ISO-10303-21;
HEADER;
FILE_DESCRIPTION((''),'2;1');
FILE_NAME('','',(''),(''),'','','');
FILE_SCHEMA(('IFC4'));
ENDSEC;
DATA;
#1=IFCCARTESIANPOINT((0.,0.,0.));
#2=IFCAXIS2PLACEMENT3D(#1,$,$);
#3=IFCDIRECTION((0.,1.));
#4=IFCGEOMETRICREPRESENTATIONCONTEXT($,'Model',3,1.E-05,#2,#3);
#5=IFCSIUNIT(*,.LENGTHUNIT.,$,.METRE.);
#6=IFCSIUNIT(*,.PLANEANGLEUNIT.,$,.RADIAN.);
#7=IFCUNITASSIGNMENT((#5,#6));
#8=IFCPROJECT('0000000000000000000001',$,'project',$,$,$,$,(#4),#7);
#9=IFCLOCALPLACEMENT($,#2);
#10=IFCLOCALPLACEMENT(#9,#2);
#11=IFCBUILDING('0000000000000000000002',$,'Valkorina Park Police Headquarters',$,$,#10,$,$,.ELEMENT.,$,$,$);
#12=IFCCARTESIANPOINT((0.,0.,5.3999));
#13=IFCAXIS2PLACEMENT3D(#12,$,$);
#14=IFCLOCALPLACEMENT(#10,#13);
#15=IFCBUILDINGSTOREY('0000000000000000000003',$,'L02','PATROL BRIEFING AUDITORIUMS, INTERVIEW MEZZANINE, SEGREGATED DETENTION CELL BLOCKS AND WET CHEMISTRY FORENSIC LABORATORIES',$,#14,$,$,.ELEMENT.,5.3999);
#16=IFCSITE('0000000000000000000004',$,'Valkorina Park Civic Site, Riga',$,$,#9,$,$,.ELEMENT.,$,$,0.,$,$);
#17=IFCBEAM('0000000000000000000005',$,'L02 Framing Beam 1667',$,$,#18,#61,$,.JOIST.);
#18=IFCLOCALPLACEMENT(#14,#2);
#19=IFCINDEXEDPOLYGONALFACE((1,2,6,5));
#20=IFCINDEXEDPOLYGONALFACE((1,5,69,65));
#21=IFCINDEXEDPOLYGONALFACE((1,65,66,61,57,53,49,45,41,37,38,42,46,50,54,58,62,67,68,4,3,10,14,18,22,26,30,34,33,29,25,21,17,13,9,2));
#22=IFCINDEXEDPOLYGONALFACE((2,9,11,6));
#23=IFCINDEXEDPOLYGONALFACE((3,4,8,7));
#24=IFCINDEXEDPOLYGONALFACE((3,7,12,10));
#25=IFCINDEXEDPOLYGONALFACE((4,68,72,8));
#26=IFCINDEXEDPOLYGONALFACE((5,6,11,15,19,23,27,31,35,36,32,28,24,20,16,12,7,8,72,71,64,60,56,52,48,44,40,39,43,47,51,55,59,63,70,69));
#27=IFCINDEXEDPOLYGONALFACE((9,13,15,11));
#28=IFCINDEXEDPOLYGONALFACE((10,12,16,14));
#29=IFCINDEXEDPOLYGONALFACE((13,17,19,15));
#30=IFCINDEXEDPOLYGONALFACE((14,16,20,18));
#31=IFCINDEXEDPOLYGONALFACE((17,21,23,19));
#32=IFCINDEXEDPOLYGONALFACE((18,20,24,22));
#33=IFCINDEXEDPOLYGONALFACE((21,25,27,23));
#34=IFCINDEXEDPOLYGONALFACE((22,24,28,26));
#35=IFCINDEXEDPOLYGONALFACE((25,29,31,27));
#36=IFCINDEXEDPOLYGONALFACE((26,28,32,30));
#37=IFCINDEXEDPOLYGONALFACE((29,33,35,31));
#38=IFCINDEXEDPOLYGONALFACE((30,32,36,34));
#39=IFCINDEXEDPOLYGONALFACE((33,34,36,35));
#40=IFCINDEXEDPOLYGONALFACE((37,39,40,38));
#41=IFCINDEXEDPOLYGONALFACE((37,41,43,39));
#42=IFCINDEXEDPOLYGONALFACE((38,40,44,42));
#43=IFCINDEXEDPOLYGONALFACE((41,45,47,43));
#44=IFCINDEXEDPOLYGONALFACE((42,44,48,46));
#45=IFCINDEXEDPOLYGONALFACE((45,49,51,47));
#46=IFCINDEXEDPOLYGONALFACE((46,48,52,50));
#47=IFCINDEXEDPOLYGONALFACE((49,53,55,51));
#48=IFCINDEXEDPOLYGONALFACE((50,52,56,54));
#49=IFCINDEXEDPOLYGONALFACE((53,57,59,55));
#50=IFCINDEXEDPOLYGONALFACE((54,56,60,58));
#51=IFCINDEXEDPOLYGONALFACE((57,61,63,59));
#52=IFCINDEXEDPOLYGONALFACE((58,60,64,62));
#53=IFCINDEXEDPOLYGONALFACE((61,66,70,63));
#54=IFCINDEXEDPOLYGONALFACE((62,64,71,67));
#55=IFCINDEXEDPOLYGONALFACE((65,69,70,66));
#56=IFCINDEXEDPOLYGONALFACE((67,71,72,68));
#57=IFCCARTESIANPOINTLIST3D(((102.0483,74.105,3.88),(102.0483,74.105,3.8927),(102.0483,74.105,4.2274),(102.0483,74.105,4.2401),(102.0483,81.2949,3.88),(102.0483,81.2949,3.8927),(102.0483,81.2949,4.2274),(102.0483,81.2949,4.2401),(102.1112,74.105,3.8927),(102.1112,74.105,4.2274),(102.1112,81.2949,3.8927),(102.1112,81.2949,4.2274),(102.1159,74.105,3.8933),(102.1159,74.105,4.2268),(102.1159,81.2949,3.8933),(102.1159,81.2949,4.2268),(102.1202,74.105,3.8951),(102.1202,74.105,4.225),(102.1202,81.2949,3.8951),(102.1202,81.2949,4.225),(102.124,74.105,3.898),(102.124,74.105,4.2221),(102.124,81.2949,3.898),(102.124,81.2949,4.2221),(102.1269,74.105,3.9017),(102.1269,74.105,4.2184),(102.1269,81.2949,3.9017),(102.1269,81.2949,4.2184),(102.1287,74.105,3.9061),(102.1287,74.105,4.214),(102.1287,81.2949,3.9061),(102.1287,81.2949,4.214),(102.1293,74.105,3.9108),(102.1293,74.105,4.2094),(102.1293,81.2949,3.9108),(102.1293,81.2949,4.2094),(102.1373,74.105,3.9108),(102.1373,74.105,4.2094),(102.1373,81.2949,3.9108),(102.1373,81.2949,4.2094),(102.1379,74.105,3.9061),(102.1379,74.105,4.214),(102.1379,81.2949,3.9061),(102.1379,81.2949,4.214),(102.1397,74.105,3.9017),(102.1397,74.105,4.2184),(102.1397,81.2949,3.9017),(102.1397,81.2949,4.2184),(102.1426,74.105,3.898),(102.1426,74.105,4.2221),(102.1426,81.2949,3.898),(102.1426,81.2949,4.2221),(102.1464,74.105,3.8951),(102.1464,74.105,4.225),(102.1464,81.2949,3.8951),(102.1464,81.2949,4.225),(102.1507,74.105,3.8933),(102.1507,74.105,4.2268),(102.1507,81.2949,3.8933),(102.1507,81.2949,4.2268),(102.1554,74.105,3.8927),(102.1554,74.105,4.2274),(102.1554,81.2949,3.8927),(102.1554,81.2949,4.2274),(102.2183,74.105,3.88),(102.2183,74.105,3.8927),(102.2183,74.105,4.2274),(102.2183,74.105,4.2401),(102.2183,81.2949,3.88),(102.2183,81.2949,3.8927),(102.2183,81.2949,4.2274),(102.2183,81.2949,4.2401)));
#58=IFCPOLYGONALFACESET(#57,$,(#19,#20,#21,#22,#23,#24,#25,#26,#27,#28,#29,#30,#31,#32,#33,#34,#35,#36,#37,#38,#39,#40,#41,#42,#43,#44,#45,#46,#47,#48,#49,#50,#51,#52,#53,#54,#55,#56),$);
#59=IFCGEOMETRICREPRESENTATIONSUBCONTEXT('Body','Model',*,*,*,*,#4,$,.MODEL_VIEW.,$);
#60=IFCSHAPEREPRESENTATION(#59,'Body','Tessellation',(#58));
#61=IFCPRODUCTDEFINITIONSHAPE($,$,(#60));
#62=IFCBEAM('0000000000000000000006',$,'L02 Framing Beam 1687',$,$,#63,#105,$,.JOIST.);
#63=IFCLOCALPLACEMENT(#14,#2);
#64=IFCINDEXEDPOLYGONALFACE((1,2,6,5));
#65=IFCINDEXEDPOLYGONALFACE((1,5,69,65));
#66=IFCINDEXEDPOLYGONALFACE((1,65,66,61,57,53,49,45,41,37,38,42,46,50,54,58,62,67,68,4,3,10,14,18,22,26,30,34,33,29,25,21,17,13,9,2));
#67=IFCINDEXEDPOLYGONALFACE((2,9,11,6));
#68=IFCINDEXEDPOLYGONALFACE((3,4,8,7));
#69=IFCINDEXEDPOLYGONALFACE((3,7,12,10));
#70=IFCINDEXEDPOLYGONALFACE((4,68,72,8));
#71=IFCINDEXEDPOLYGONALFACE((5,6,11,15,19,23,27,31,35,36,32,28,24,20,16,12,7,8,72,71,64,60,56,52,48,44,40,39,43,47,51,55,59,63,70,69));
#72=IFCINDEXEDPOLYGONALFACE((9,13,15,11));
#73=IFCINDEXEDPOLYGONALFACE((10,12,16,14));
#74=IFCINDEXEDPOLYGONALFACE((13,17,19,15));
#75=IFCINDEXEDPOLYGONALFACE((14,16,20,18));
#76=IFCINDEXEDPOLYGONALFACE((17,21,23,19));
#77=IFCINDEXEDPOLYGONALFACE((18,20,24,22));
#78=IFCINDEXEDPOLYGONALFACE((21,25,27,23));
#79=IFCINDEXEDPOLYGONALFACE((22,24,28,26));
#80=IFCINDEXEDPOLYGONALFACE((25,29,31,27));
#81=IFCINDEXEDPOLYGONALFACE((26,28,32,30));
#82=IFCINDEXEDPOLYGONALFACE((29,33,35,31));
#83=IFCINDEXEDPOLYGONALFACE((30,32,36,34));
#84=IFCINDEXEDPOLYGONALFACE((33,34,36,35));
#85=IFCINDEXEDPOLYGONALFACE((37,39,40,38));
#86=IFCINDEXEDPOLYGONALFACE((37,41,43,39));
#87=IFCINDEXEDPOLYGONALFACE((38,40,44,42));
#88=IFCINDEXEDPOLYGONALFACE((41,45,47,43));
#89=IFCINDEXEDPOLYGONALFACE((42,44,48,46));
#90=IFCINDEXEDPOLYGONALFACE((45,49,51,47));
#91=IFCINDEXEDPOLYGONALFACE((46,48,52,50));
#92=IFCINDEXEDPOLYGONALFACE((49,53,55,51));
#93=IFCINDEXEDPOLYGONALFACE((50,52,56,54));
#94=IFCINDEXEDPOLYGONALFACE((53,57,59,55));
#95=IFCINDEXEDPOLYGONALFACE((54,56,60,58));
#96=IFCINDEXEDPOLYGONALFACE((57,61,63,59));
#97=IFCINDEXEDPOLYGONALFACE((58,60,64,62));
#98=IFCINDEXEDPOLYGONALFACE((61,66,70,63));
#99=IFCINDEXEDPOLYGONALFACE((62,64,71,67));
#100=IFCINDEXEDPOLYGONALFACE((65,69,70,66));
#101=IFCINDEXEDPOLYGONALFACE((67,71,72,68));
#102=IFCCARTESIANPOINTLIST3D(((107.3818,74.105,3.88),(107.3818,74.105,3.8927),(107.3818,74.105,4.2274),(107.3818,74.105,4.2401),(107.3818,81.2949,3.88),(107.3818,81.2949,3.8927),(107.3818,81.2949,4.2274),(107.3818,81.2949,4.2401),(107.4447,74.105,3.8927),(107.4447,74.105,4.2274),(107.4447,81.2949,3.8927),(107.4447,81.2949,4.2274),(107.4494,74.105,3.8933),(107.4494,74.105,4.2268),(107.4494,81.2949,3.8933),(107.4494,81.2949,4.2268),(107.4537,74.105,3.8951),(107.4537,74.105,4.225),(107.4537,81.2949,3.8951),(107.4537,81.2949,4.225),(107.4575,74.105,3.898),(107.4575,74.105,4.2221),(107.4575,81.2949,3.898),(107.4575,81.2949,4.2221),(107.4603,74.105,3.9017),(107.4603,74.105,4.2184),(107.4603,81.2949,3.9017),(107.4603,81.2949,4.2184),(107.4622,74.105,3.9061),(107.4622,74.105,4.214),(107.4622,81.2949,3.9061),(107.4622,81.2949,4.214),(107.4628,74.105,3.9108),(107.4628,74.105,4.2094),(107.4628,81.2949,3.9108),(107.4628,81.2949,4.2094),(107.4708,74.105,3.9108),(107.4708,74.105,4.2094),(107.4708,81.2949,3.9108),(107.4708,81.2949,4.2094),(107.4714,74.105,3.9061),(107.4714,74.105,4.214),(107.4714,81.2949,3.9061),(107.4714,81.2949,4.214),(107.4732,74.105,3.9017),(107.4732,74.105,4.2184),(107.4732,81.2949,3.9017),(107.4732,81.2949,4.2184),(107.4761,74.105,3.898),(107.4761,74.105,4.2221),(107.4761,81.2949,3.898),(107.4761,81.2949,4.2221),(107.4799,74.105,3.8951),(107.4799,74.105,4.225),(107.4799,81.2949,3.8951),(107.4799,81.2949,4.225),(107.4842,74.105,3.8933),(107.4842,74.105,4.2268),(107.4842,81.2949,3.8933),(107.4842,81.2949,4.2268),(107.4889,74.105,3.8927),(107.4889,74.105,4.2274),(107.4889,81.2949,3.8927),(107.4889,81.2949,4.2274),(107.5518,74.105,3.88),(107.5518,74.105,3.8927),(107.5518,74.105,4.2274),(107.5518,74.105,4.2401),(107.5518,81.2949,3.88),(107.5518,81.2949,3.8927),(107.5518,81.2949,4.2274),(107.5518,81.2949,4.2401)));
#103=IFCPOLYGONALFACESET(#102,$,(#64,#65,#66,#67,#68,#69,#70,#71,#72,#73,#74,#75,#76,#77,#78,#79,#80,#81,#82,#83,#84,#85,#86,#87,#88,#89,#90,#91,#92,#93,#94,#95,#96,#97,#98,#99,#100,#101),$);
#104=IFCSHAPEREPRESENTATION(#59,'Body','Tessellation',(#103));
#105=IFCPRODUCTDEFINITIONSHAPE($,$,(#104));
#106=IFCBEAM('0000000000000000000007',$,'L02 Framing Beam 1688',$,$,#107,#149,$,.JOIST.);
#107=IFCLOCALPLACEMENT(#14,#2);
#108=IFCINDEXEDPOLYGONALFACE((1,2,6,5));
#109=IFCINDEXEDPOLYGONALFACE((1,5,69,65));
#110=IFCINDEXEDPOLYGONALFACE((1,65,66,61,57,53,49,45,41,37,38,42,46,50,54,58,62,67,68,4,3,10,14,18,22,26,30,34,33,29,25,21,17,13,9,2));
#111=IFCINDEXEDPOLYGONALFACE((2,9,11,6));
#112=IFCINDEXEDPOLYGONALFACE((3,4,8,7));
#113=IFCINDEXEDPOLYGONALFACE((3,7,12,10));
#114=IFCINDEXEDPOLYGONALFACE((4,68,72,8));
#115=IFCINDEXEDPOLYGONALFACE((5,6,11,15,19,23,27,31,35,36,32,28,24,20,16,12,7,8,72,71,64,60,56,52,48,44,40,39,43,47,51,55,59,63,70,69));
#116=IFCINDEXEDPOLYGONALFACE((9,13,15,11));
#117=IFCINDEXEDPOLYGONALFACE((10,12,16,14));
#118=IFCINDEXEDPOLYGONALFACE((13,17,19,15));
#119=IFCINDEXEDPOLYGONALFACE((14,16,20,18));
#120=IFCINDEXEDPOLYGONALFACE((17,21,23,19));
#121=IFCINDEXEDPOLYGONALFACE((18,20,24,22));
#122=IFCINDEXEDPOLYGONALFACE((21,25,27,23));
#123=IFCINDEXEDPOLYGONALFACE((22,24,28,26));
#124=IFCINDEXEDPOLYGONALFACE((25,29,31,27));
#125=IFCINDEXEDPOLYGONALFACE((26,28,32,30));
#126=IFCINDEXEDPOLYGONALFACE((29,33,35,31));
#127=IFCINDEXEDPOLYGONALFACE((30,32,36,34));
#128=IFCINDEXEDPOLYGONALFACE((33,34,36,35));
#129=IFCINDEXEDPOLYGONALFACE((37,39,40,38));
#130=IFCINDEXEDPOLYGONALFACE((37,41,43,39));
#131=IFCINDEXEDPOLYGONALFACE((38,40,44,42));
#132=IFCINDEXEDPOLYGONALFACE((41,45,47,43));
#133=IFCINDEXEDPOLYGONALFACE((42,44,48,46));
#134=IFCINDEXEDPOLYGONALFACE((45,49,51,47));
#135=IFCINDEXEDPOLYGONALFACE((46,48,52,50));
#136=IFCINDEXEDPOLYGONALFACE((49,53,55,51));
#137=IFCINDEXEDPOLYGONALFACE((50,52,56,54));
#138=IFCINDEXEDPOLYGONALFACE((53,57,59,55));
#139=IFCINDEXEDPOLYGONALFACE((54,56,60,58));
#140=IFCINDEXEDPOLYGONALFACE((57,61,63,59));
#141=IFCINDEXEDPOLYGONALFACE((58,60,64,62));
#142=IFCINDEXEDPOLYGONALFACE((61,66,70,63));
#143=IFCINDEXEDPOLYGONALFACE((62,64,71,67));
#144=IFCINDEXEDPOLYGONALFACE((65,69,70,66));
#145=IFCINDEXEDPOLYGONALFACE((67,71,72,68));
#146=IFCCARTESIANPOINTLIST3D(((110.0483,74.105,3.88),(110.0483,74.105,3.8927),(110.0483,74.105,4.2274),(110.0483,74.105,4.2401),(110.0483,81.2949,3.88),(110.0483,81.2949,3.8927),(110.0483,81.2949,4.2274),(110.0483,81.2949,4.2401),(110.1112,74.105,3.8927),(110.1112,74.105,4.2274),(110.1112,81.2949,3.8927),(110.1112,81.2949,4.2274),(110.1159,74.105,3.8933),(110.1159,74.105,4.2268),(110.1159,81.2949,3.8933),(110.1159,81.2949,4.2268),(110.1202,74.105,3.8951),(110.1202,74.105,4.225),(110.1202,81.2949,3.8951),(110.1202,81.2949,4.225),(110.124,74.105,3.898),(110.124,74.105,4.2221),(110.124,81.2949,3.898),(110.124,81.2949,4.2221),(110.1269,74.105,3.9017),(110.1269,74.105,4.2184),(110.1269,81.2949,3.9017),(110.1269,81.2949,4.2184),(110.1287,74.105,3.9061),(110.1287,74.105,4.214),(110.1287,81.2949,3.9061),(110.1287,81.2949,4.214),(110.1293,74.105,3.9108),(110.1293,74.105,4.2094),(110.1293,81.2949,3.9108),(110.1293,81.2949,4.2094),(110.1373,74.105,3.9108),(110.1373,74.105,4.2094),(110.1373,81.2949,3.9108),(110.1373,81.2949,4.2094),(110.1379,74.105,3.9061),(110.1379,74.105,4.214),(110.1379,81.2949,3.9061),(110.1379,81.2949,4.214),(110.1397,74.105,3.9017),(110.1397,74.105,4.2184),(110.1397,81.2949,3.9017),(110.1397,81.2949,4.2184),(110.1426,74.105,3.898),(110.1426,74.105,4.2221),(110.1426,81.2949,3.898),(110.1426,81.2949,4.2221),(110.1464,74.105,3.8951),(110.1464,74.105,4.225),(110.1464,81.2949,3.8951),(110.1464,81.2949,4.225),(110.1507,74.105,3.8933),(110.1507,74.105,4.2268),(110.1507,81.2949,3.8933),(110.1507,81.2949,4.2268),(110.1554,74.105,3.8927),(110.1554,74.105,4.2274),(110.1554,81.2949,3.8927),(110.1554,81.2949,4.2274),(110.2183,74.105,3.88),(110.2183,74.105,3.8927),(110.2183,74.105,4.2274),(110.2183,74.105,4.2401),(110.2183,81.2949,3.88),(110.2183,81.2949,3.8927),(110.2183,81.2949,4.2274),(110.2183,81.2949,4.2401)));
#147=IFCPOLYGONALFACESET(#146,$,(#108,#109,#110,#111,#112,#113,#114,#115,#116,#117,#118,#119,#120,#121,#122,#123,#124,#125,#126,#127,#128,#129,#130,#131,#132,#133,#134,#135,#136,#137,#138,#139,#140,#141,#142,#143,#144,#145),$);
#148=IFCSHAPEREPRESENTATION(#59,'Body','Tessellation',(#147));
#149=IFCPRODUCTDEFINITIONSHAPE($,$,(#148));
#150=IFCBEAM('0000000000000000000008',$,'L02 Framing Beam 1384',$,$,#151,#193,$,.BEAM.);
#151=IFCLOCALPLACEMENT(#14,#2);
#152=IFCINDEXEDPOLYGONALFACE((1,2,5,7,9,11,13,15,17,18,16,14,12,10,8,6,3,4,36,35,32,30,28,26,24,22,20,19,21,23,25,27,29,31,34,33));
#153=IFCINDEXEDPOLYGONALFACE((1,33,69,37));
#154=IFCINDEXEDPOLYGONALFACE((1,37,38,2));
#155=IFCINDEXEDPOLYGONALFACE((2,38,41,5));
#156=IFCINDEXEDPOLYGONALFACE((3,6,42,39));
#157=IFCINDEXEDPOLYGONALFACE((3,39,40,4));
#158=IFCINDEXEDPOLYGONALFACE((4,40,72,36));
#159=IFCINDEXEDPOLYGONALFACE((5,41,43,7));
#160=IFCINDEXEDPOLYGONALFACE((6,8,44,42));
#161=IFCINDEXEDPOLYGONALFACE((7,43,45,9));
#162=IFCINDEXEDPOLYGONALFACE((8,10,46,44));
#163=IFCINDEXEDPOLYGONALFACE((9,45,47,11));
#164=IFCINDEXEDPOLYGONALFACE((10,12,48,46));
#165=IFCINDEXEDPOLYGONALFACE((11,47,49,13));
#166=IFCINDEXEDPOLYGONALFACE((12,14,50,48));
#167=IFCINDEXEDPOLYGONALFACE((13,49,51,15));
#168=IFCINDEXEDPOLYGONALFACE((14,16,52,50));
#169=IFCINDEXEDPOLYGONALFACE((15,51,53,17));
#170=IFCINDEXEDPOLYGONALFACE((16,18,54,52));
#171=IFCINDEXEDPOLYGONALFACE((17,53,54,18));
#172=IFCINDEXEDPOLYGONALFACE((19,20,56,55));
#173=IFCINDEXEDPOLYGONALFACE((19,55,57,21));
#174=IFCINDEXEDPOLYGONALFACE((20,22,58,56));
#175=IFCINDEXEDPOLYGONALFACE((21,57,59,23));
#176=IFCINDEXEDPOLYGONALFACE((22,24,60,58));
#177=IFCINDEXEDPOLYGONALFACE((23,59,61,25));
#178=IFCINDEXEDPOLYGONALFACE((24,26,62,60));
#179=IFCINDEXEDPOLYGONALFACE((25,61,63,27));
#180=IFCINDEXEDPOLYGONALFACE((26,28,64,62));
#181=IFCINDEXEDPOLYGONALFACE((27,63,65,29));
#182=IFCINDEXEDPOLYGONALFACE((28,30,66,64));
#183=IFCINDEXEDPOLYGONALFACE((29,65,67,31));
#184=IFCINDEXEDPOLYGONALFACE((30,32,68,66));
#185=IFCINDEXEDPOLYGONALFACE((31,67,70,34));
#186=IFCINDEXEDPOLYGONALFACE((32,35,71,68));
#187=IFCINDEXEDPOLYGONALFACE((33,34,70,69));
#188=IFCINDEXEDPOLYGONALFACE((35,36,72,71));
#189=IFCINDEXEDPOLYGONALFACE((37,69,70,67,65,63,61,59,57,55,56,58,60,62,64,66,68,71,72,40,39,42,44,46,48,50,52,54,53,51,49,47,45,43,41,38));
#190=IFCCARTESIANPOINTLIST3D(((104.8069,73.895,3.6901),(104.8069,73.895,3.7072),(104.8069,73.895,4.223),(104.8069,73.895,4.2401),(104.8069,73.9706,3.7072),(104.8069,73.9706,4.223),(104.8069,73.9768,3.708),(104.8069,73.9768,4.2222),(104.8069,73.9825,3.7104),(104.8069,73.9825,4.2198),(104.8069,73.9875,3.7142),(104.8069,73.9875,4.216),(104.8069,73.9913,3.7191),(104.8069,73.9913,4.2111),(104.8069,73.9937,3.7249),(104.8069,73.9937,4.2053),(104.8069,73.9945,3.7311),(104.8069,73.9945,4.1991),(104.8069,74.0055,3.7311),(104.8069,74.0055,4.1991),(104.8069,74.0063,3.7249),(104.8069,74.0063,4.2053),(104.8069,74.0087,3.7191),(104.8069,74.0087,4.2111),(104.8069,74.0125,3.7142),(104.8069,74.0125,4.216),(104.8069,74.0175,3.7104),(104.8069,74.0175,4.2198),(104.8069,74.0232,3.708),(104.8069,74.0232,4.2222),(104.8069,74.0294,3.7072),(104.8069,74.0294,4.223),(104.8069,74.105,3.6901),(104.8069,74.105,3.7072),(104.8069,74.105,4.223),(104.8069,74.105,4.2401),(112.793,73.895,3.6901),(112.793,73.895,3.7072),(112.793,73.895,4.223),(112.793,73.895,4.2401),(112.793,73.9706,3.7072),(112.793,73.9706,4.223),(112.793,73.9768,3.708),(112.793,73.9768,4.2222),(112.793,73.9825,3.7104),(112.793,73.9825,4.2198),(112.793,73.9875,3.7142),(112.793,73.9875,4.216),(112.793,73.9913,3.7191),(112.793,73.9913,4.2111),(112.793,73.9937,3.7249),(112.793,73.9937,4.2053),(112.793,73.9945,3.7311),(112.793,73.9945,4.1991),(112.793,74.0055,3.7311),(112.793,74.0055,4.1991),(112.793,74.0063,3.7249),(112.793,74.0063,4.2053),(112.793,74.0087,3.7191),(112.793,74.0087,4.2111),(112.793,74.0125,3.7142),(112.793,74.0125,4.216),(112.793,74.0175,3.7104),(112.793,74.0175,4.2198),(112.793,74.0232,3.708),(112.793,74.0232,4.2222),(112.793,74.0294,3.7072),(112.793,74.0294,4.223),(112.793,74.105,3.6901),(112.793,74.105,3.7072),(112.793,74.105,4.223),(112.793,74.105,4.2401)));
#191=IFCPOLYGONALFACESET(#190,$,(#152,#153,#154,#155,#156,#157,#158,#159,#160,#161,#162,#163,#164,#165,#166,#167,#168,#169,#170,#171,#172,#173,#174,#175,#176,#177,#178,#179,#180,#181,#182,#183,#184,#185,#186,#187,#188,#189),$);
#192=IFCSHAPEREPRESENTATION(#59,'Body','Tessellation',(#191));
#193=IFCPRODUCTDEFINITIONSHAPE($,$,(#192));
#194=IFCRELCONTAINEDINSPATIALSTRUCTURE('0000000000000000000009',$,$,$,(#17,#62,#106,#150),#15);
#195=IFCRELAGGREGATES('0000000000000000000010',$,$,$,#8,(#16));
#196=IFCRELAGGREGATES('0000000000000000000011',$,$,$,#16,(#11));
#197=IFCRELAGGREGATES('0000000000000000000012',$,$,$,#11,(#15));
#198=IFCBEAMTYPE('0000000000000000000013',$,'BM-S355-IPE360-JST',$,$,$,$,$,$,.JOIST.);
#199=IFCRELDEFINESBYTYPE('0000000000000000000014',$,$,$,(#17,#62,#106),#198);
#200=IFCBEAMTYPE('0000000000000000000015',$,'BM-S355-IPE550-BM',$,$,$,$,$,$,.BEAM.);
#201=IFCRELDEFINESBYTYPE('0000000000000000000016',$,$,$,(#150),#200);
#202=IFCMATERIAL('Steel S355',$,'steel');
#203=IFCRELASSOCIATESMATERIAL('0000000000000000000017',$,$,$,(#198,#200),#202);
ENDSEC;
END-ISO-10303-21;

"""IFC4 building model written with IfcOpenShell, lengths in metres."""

from ifc_helpers import new_model, si_unit, direction, frame, origin, origin_2d, place, context, subcontext, project, spatial, i_section, extrude, material, material_profile, profile_set, type_object, element, save


model = new_model("IFC4")

# Units and contexts
model_context = context("Model", 3, precision=1e-05, world=origin(), true_north=direction((0.0, 1.0)))
body_context = subcontext(model_context, "Body", "Model", "MODEL_VIEW")
ifc_project = project(units=[si_unit("LENGTHUNIT", "METRE"), si_unit("PLANEANGLEUNIT", "RADIAN")], contexts=[model_context])

# Site, building, storey
site_placement = place(None, origin())
site = spatial("IfcSite", under=ifc_project, at=site_placement, Name="Valkorina Park Civic Site, Riga", CompositionType="ELEMENT", RefElevation=0.0)
building_placement = place(site_placement, origin())
building = spatial("IfcBuilding", under=site, at=building_placement, Name="Valkorina Park Police Headquarters", CompositionType="ELEMENT")
storey_placement = place(building_placement, frame((0.0, 0.0, 5.3999)))
storey = spatial("IfcBuildingStorey", under=building, at=storey_placement, Name="L02", Description="PATROL BRIEFING AUDITORIUMS, INTERVIEW MEZZANINE, SEGREGATED DETENTION CELL BLOCKS AND WET CHEMISTRY FORENSIC LABORATORIES", CompositionType="ELEMENT", Elevation=5.3999)

# Shared definitions
ifc_material_1 = material(Name="Steel S355", Category="steel")

# Beams
ifc_material_profile_1 = material_profile(ifc_material_1, i_section(OverallWidth=0.1699, OverallDepth=0.3601, WebThickness=0.0081, FlangeThickness=0.0127, FilletRadius=0.0181, at=origin_2d()), Name="IPE 360")
ifc_profile_set_1 = profile_set([ifc_material_profile_1], Name="Steel S355")
beam_type_1 = type_object("IfcBeamType", Name="BM-S355-IPE360-JST", PredefinedType="JOIST", material=ifc_profile_set_1)
for number, where, z_axis, x_axis, name in (
    (1, (102.1333, 74.105, 4.0601), (0.0, 1.0, 0.0), (-1.0, 0.0, 0.0), "L02 Framing Beam 1667"),
    (2, (107.4668, 74.105, 4.0601), (0.0, 1.0, 0.0), (-1.0, 0.0, 0.0), "L02 Framing Beam 1687"),
    (3, (110.1333, 74.105, 4.0601), (0.0, 1.0, 0.0), (-1.0, 0.0, 0.0), "L02 Framing Beam 1688"),
):
    element("IfcBeam", number, at=place(storey_placement, frame(where, z_axis=z_axis, x_axis=x_axis)), inside=storey, type_object=beam_type_1, Name=name, PredefinedType="JOIST", context=body_context, shape_type="SweptSolid", body=[
        extrude(i_section(OverallWidth=0.1699, OverallDepth=0.3601, WebThickness=0.0081, FlangeThickness=0.0127, FilletRadius=0.0181, at=origin_2d()), origin(), (0.0, 0.0, 1.0), 7.1899),
    ])
ifc_material_profile_2 = material_profile(ifc_material_1, i_section(OverallWidth=0.21, OverallDepth=0.55, WebThickness=0.011, FlangeThickness=0.0171, FilletRadius=0.0239, at=origin_2d()), Name="IPE 550")
ifc_profile_set_2 = profile_set([ifc_material_profile_2], Name="Steel S355")
beam_type_2 = type_object("IfcBeamType", Name="BM-S355-IPE550-BM", PredefinedType="BEAM", material=ifc_profile_set_2)
for number, where, z_axis, x_axis, name in (
    (4, (104.8069, 74.0, 3.9651), (1.0, 0.0, 0.0), (0.0, 1.0, 0.0), "L02 Framing Beam 1384"),
):
    element("IfcBeam", number, at=place(storey_placement, frame(where, z_axis=z_axis, x_axis=x_axis)), inside=storey, type_object=beam_type_2, Name=name, PredefinedType="BEAM", context=body_context, shape_type="SweptSolid", body=[
        extrude(i_section(OverallWidth=0.21, OverallDepth=0.55, WebThickness=0.011, FlangeThickness=0.0171, FilletRadius=0.0239, at=origin_2d()), origin(), (0.0, 0.0, 1.0), 7.9861),
    ])

save(model, "model.ifc")
